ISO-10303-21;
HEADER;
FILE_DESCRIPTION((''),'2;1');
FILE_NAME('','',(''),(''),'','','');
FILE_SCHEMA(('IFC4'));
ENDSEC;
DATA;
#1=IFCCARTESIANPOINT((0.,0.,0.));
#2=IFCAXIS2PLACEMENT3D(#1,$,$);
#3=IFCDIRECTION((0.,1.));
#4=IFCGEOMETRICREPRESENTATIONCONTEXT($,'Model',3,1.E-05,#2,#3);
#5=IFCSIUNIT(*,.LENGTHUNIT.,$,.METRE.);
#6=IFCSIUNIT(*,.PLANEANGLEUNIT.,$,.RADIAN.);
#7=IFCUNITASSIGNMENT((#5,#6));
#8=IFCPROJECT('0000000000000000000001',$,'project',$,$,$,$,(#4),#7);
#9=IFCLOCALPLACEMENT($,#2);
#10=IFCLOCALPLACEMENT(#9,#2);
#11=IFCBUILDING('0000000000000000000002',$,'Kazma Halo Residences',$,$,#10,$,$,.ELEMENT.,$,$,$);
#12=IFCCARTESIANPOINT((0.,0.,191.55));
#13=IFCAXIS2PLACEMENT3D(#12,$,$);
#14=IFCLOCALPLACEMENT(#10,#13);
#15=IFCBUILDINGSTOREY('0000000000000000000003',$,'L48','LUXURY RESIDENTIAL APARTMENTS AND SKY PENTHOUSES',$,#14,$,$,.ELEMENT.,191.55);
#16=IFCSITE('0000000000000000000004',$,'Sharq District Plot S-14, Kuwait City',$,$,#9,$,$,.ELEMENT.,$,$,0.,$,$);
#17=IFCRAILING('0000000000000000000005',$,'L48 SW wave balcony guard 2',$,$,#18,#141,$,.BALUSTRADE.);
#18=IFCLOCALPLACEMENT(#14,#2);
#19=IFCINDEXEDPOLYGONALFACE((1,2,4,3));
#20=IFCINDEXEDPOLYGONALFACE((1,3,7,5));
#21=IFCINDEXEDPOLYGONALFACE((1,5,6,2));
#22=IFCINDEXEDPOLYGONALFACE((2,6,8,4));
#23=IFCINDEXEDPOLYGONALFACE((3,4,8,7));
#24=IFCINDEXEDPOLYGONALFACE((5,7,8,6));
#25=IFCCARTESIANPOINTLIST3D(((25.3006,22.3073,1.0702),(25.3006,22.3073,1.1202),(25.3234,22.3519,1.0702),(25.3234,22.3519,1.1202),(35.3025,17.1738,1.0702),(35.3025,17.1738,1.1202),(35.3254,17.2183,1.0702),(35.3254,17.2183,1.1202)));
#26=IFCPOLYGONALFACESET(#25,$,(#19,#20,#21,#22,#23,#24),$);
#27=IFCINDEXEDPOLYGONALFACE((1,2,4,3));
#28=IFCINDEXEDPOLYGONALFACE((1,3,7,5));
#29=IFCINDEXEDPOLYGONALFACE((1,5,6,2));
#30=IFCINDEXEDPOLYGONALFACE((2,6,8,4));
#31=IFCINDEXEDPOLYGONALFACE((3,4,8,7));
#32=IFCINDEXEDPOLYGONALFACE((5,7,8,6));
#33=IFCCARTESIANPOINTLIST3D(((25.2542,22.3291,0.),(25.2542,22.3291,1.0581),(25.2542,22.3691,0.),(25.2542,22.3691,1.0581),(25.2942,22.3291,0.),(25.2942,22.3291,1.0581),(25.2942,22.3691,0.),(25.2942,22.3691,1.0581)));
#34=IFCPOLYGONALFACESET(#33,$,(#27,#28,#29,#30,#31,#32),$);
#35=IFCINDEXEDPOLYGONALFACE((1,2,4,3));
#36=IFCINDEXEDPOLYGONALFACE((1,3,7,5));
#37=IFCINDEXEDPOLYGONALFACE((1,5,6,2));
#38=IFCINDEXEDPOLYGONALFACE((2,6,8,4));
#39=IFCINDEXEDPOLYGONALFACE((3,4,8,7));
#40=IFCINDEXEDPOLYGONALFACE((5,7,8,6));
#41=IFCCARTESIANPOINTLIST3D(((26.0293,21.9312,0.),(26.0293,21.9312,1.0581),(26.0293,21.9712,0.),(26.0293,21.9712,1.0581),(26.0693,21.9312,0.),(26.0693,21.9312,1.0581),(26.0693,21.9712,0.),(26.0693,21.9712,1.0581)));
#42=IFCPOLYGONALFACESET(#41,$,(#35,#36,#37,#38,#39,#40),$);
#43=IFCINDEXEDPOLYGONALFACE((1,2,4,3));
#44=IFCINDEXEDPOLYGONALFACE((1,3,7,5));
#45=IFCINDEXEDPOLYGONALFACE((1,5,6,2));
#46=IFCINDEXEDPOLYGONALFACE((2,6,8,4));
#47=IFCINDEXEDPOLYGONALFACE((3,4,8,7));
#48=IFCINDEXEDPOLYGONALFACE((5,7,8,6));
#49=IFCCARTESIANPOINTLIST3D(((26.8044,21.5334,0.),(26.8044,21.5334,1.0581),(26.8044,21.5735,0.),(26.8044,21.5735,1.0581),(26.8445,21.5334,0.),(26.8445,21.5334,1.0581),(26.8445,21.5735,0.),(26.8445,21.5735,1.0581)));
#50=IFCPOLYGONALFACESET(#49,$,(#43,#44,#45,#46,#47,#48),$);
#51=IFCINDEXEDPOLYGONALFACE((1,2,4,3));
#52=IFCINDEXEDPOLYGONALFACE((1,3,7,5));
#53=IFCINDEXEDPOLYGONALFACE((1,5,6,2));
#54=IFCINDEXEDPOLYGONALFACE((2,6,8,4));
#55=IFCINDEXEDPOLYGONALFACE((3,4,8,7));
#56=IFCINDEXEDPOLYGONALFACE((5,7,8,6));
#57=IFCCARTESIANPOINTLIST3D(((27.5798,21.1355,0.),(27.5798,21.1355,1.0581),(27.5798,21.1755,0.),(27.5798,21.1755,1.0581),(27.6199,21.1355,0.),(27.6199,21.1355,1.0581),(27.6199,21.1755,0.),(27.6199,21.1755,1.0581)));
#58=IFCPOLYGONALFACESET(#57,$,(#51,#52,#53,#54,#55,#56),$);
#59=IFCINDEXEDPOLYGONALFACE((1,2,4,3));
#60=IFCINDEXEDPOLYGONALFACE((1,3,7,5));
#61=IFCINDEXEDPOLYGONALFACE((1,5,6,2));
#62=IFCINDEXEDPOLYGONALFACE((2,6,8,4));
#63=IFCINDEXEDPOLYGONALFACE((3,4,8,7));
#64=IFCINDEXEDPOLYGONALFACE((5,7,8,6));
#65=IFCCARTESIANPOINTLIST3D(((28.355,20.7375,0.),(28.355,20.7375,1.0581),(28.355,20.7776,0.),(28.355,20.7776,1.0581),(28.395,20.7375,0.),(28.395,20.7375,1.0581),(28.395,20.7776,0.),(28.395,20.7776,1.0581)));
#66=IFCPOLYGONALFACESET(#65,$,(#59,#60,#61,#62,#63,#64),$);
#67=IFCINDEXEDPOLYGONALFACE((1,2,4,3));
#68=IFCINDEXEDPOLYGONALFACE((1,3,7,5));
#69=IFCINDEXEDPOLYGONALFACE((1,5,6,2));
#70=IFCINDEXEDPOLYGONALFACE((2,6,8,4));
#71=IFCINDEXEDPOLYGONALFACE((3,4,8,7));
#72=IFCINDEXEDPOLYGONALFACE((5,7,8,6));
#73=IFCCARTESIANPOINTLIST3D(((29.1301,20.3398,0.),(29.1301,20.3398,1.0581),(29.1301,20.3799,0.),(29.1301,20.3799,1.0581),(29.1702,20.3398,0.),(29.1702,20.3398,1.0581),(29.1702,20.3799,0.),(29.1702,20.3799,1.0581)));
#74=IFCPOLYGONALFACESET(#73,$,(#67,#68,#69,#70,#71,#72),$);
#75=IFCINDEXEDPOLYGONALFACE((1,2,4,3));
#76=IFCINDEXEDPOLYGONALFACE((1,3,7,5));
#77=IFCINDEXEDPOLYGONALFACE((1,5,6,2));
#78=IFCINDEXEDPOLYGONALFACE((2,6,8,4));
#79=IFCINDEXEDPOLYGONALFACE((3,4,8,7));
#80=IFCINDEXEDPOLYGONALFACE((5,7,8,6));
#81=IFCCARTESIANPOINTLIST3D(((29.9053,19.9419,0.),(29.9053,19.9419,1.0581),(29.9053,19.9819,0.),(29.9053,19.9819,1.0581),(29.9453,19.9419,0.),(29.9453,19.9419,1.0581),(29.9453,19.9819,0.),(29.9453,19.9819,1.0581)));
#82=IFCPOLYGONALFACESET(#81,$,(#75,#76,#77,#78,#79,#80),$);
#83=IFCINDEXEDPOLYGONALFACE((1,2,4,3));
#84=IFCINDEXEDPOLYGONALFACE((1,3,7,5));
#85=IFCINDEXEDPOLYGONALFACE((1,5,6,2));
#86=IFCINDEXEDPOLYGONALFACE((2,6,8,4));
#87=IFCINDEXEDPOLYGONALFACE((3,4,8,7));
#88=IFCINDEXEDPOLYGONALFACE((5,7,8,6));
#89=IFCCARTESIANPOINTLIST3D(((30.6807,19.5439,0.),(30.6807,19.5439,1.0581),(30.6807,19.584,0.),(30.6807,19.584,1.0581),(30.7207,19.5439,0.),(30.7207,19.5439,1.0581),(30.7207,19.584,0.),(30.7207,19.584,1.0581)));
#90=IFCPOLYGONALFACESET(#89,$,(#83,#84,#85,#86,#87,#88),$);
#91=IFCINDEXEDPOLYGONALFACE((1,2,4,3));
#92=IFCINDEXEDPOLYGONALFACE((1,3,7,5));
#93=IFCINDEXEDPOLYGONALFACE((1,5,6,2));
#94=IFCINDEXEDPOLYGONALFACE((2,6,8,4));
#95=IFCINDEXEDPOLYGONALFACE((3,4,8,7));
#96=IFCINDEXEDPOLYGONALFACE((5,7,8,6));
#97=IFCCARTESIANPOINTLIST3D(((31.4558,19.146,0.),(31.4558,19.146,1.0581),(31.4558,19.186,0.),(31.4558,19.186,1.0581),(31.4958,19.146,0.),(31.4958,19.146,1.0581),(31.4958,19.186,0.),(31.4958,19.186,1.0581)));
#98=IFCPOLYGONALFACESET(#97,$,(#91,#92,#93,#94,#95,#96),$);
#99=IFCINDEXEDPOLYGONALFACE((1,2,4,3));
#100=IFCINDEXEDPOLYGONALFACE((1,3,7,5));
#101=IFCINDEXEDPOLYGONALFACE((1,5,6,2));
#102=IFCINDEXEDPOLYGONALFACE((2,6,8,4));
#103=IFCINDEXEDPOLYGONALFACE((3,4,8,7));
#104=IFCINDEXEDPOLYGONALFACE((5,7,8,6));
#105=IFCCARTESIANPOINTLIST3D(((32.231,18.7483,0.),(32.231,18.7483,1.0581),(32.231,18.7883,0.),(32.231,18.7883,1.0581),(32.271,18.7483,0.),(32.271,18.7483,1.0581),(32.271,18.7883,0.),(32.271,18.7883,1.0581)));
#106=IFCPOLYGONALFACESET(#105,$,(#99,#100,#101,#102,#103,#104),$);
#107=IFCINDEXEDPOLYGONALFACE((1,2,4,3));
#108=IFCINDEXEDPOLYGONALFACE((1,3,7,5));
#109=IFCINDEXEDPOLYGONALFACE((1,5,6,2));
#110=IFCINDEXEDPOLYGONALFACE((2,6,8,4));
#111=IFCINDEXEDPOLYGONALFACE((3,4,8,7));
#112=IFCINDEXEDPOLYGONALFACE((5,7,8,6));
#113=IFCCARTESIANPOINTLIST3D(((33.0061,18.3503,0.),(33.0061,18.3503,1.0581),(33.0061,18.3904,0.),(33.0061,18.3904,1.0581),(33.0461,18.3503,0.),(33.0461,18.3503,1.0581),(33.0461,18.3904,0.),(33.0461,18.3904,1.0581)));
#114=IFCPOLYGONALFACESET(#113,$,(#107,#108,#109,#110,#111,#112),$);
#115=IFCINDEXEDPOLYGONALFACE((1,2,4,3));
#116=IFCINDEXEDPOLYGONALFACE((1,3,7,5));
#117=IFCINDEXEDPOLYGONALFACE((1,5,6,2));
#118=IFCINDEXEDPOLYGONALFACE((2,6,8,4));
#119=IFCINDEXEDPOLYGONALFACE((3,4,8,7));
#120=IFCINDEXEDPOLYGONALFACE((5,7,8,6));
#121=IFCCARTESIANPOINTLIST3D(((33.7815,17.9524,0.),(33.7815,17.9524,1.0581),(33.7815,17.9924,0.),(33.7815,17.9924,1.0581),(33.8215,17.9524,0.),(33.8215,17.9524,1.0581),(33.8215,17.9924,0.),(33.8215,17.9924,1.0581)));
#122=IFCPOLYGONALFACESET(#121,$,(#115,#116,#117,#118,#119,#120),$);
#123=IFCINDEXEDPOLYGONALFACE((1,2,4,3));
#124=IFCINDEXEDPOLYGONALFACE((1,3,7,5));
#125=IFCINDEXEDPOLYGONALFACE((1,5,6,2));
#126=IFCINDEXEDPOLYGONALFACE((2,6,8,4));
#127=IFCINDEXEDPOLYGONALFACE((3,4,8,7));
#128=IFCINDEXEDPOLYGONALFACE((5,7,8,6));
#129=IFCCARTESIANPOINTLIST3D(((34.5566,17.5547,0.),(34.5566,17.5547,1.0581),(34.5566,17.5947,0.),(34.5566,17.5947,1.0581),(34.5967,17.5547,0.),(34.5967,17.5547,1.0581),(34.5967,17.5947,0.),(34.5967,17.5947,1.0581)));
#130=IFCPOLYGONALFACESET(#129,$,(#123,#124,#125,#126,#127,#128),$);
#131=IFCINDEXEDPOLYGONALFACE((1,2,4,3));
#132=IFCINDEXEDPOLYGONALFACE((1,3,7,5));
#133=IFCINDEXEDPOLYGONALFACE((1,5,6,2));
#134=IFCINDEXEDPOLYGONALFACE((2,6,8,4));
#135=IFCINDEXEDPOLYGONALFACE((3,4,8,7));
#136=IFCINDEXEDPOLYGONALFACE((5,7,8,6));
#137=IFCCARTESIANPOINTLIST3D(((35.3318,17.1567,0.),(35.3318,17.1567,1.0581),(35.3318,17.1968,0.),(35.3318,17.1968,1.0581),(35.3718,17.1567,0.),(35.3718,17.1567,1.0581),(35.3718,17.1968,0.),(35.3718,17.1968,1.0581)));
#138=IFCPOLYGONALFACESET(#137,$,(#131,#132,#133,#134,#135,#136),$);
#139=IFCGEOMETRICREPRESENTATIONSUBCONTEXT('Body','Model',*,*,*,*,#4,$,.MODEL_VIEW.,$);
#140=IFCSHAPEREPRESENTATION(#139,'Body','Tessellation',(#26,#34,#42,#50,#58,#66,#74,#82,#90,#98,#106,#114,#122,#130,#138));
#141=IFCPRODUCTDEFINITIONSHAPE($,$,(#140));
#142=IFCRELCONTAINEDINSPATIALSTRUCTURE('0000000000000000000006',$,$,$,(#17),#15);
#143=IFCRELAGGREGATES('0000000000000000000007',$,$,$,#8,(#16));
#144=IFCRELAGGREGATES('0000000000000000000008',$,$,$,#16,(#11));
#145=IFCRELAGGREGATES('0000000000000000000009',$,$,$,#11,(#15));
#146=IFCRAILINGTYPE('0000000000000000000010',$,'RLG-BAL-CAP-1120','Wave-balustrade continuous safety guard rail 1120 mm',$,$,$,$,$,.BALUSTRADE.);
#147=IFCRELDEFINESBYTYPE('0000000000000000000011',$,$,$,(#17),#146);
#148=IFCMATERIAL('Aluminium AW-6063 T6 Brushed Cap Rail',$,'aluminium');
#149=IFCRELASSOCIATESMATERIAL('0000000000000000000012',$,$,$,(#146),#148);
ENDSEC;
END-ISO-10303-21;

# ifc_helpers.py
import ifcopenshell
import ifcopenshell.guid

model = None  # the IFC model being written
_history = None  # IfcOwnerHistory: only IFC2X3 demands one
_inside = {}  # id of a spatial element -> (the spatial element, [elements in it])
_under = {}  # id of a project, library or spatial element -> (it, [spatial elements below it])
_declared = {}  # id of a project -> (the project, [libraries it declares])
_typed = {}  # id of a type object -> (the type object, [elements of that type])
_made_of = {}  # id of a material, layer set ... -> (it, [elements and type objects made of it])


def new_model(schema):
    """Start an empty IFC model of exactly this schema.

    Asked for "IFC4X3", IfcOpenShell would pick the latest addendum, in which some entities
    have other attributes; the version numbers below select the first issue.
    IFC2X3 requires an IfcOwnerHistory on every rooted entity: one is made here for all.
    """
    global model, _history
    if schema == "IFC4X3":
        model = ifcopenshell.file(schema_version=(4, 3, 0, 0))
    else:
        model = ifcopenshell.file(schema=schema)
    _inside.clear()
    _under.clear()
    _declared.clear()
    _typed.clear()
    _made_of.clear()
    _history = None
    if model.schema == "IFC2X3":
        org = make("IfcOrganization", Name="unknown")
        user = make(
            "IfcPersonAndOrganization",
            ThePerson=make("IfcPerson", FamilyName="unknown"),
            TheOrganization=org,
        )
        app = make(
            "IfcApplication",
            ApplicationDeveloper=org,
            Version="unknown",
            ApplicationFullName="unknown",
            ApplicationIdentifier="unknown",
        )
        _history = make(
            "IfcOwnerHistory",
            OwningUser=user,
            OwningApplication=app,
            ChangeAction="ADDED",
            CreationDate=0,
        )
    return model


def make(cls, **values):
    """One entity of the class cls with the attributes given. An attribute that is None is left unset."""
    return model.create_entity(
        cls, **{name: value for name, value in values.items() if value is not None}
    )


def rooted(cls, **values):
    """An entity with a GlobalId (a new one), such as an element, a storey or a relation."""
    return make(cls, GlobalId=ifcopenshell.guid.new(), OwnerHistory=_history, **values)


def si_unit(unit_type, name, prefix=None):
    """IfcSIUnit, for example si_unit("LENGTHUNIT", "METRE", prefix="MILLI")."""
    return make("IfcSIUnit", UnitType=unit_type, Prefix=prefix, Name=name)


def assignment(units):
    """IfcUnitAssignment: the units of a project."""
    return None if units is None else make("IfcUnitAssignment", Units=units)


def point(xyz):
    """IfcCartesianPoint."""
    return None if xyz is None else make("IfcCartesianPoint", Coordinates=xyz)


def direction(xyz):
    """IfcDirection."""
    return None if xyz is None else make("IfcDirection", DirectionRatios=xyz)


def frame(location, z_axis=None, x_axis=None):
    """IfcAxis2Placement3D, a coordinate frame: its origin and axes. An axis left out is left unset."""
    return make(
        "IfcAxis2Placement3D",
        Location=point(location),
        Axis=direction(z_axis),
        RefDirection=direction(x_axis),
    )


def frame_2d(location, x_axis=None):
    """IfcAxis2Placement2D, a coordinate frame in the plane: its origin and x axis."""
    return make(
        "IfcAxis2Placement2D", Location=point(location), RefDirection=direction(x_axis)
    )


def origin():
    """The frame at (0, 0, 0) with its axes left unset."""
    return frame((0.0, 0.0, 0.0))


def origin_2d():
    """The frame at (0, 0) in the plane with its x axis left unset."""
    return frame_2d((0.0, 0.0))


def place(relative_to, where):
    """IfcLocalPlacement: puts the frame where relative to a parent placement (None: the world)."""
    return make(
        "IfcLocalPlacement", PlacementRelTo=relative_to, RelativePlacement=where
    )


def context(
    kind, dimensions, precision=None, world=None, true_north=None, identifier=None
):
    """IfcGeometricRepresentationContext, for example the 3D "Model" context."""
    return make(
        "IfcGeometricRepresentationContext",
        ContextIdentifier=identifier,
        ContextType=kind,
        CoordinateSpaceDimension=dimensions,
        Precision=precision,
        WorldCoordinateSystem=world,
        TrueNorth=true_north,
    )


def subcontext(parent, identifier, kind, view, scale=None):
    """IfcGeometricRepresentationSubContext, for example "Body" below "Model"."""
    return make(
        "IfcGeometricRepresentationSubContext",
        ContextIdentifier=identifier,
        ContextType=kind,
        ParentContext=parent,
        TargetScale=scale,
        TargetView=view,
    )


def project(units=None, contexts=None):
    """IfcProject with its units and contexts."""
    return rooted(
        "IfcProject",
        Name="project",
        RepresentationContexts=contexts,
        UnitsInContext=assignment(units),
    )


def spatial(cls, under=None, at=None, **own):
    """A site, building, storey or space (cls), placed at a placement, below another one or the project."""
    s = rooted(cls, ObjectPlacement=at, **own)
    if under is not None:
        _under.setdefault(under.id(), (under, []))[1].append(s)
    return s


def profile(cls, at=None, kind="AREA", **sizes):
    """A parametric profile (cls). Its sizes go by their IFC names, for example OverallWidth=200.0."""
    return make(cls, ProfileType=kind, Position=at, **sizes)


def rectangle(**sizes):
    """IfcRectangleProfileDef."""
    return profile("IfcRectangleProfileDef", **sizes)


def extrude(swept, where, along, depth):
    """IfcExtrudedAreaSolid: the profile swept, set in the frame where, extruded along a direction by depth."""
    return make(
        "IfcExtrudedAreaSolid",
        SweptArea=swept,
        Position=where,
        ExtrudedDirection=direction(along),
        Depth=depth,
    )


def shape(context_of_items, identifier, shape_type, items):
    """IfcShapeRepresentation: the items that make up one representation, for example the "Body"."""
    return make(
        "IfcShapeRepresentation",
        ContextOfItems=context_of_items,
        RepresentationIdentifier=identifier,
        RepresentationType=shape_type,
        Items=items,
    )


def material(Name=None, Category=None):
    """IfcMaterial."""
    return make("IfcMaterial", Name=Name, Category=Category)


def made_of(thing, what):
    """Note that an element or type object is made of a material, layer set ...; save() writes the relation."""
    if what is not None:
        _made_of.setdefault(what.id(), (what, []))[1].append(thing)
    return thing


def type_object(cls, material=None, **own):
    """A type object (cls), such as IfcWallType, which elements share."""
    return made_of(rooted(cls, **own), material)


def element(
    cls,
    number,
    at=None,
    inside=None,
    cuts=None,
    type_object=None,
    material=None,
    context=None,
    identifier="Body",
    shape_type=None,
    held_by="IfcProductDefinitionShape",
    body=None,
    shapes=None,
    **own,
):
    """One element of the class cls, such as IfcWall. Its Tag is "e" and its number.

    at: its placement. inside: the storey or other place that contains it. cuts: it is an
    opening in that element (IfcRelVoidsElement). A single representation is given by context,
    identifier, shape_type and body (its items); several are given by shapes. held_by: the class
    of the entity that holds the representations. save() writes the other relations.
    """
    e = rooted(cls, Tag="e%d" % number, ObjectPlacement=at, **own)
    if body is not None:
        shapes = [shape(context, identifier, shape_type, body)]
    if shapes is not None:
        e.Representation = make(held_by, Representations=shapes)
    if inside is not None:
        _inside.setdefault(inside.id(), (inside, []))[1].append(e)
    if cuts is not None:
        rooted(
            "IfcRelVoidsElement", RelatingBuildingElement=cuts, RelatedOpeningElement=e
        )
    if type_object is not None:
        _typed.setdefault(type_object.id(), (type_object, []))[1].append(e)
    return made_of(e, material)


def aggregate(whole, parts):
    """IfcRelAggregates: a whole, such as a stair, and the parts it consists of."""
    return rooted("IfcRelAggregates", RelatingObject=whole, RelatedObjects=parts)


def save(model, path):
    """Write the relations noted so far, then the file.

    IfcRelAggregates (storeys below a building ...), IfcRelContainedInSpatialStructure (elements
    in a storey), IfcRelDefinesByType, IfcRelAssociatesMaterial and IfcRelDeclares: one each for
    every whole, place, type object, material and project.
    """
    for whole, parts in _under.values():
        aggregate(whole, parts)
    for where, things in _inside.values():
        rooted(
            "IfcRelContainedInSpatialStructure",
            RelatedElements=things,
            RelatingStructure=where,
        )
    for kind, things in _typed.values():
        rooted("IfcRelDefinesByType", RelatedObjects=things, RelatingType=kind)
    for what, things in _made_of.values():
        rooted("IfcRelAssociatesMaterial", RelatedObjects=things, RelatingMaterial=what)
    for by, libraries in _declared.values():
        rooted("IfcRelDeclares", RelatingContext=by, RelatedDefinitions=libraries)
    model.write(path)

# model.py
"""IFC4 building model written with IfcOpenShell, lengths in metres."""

from ifc_helpers import new_model, si_unit, direction, frame, origin, origin_2d, place, context, subcontext, project, spatial, rectangle, extrude, material, type_object, element, save


model = new_model("IFC4")

# Units and contexts
model_context = context("Model", 3, precision=1e-05, world=origin(), true_north=direction((0.0, 1.0)))
body_context = subcontext(model_context, "Body", "Model", "MODEL_VIEW")
ifc_project = project(units=[si_unit("LENGTHUNIT", "METRE"), si_unit("PLANEANGLEUNIT", "RADIAN")], contexts=[model_context])

# Site, building, storey
site_placement = place(None, origin())
site = spatial("IfcSite", under=ifc_project, at=site_placement, Name="Sharq District Plot S-14, Kuwait City", CompositionType="ELEMENT", RefElevation=0.0)
building_placement = place(site_placement, origin())
building = spatial("IfcBuilding", under=site, at=building_placement, Name="Kazma Halo Residences", CompositionType="ELEMENT")
storey_placement = place(building_placement, frame((0.0, 0.0, 191.55)))
storey = spatial("IfcBuildingStorey", under=building, at=storey_placement, Name="L48", Description="LUXURY RESIDENTIAL APARTMENTS AND SKY PENTHOUSES", CompositionType="ELEMENT", Elevation=191.55)

# Railing
ifc_material_1 = material(Name="Aluminium AW-6063 T6 Brushed Cap Rail", Category="aluminium")
railing_type = type_object("IfcRailingType", Name="RLG-BAL-CAP-1120", Description="Wave-balustrade continuous safety guard rail 1120 mm", PredefinedType="BALUSTRADE", material=ifc_material_1)
railing_1_placement = place(storey_placement, frame((25.2742, 22.3491, 0.0)))
element("IfcRailing", 1, at=railing_1_placement, inside=storey, type_object=railing_type, Name="L48 SW wave balcony guard 2", PredefinedType="BALUSTRADE", context=body_context, shape_type="SweptSolid", body=[
    extrude(rectangle(XDim=0.05, YDim=0.05, at=origin_2d()), frame((0.0378, -0.0195, 1.0952), z_axis=(0.889662, -0.45662, 0.0), x_axis=(0.45662, 0.889662, 0.0)), (0.0, 0.0, 1.0), 11.2424),
    extrude(rectangle(XDim=0.04, YDim=0.04, at=origin_2d()), origin(), (0.0, 0.0, 1.0), 1.0581),
    extrude(rectangle(XDim=0.04, YDim=0.04, at=origin_2d()), frame((0.7751, -0.3979, 0.0)), (0.0, 0.0, 1.0), 1.0581),
    extrude(rectangle(XDim=0.04, YDim=0.04, at=origin_2d()), frame((1.5503, -0.7957, 0.0)), (0.0, 0.0, 1.0), 1.0581),
    extrude(rectangle(XDim=0.04, YDim=0.04, at=origin_2d()), frame((2.3257, -1.1936, 0.0)), (0.0, 0.0, 1.0), 1.0581),
    extrude(rectangle(XDim=0.04, YDim=0.04, at=origin_2d()), frame((3.1008, -1.5916, 0.0)), (0.0, 0.0, 1.0), 1.0581),
    extrude(rectangle(XDim=0.04, YDim=0.04, at=origin_2d()), frame((3.876, -1.9893, 0.0)), (0.0, 0.0, 1.0), 1.0581),
    extrude(rectangle(XDim=0.04, YDim=0.04, at=origin_2d()), frame((4.6511, -2.3872, 0.0)), (0.0, 0.0, 1.0), 1.0581),
    extrude(rectangle(XDim=0.04, YDim=0.04, at=origin_2d()), frame((5.4265, -2.7852, 0.0)), (0.0, 0.0, 1.0), 1.0581),
    extrude(rectangle(XDim=0.04, YDim=0.04, at=origin_2d()), frame((6.2017, -3.1831, 0.0)), (0.0, 0.0, 1.0), 1.0581),
    extrude(rectangle(XDim=0.04, YDim=0.04, at=origin_2d()), frame((6.9768, -3.5808, 0.0)), (0.0, 0.0, 1.0), 1.0581),
    extrude(rectangle(XDim=0.04, YDim=0.04, at=origin_2d()), frame((7.752, -3.9788, 0.0)), (0.0, 0.0, 1.0), 1.0581),
    extrude(rectangle(XDim=0.04, YDim=0.04, at=origin_2d()), frame((8.5273, -4.3767, 0.0)), (0.0, 0.0, 1.0), 1.0581),
    extrude(rectangle(XDim=0.04, YDim=0.04, at=origin_2d()), frame((9.3025, -4.7744, 0.0)), (0.0, 0.0, 1.0), 1.0581),
    extrude(rectangle(XDim=0.04, YDim=0.04, at=origin_2d()), frame((10.0776, -5.1724, 0.0)), (0.0, 0.0, 1.0), 1.0581),
])

save(model, "model.ifc")
